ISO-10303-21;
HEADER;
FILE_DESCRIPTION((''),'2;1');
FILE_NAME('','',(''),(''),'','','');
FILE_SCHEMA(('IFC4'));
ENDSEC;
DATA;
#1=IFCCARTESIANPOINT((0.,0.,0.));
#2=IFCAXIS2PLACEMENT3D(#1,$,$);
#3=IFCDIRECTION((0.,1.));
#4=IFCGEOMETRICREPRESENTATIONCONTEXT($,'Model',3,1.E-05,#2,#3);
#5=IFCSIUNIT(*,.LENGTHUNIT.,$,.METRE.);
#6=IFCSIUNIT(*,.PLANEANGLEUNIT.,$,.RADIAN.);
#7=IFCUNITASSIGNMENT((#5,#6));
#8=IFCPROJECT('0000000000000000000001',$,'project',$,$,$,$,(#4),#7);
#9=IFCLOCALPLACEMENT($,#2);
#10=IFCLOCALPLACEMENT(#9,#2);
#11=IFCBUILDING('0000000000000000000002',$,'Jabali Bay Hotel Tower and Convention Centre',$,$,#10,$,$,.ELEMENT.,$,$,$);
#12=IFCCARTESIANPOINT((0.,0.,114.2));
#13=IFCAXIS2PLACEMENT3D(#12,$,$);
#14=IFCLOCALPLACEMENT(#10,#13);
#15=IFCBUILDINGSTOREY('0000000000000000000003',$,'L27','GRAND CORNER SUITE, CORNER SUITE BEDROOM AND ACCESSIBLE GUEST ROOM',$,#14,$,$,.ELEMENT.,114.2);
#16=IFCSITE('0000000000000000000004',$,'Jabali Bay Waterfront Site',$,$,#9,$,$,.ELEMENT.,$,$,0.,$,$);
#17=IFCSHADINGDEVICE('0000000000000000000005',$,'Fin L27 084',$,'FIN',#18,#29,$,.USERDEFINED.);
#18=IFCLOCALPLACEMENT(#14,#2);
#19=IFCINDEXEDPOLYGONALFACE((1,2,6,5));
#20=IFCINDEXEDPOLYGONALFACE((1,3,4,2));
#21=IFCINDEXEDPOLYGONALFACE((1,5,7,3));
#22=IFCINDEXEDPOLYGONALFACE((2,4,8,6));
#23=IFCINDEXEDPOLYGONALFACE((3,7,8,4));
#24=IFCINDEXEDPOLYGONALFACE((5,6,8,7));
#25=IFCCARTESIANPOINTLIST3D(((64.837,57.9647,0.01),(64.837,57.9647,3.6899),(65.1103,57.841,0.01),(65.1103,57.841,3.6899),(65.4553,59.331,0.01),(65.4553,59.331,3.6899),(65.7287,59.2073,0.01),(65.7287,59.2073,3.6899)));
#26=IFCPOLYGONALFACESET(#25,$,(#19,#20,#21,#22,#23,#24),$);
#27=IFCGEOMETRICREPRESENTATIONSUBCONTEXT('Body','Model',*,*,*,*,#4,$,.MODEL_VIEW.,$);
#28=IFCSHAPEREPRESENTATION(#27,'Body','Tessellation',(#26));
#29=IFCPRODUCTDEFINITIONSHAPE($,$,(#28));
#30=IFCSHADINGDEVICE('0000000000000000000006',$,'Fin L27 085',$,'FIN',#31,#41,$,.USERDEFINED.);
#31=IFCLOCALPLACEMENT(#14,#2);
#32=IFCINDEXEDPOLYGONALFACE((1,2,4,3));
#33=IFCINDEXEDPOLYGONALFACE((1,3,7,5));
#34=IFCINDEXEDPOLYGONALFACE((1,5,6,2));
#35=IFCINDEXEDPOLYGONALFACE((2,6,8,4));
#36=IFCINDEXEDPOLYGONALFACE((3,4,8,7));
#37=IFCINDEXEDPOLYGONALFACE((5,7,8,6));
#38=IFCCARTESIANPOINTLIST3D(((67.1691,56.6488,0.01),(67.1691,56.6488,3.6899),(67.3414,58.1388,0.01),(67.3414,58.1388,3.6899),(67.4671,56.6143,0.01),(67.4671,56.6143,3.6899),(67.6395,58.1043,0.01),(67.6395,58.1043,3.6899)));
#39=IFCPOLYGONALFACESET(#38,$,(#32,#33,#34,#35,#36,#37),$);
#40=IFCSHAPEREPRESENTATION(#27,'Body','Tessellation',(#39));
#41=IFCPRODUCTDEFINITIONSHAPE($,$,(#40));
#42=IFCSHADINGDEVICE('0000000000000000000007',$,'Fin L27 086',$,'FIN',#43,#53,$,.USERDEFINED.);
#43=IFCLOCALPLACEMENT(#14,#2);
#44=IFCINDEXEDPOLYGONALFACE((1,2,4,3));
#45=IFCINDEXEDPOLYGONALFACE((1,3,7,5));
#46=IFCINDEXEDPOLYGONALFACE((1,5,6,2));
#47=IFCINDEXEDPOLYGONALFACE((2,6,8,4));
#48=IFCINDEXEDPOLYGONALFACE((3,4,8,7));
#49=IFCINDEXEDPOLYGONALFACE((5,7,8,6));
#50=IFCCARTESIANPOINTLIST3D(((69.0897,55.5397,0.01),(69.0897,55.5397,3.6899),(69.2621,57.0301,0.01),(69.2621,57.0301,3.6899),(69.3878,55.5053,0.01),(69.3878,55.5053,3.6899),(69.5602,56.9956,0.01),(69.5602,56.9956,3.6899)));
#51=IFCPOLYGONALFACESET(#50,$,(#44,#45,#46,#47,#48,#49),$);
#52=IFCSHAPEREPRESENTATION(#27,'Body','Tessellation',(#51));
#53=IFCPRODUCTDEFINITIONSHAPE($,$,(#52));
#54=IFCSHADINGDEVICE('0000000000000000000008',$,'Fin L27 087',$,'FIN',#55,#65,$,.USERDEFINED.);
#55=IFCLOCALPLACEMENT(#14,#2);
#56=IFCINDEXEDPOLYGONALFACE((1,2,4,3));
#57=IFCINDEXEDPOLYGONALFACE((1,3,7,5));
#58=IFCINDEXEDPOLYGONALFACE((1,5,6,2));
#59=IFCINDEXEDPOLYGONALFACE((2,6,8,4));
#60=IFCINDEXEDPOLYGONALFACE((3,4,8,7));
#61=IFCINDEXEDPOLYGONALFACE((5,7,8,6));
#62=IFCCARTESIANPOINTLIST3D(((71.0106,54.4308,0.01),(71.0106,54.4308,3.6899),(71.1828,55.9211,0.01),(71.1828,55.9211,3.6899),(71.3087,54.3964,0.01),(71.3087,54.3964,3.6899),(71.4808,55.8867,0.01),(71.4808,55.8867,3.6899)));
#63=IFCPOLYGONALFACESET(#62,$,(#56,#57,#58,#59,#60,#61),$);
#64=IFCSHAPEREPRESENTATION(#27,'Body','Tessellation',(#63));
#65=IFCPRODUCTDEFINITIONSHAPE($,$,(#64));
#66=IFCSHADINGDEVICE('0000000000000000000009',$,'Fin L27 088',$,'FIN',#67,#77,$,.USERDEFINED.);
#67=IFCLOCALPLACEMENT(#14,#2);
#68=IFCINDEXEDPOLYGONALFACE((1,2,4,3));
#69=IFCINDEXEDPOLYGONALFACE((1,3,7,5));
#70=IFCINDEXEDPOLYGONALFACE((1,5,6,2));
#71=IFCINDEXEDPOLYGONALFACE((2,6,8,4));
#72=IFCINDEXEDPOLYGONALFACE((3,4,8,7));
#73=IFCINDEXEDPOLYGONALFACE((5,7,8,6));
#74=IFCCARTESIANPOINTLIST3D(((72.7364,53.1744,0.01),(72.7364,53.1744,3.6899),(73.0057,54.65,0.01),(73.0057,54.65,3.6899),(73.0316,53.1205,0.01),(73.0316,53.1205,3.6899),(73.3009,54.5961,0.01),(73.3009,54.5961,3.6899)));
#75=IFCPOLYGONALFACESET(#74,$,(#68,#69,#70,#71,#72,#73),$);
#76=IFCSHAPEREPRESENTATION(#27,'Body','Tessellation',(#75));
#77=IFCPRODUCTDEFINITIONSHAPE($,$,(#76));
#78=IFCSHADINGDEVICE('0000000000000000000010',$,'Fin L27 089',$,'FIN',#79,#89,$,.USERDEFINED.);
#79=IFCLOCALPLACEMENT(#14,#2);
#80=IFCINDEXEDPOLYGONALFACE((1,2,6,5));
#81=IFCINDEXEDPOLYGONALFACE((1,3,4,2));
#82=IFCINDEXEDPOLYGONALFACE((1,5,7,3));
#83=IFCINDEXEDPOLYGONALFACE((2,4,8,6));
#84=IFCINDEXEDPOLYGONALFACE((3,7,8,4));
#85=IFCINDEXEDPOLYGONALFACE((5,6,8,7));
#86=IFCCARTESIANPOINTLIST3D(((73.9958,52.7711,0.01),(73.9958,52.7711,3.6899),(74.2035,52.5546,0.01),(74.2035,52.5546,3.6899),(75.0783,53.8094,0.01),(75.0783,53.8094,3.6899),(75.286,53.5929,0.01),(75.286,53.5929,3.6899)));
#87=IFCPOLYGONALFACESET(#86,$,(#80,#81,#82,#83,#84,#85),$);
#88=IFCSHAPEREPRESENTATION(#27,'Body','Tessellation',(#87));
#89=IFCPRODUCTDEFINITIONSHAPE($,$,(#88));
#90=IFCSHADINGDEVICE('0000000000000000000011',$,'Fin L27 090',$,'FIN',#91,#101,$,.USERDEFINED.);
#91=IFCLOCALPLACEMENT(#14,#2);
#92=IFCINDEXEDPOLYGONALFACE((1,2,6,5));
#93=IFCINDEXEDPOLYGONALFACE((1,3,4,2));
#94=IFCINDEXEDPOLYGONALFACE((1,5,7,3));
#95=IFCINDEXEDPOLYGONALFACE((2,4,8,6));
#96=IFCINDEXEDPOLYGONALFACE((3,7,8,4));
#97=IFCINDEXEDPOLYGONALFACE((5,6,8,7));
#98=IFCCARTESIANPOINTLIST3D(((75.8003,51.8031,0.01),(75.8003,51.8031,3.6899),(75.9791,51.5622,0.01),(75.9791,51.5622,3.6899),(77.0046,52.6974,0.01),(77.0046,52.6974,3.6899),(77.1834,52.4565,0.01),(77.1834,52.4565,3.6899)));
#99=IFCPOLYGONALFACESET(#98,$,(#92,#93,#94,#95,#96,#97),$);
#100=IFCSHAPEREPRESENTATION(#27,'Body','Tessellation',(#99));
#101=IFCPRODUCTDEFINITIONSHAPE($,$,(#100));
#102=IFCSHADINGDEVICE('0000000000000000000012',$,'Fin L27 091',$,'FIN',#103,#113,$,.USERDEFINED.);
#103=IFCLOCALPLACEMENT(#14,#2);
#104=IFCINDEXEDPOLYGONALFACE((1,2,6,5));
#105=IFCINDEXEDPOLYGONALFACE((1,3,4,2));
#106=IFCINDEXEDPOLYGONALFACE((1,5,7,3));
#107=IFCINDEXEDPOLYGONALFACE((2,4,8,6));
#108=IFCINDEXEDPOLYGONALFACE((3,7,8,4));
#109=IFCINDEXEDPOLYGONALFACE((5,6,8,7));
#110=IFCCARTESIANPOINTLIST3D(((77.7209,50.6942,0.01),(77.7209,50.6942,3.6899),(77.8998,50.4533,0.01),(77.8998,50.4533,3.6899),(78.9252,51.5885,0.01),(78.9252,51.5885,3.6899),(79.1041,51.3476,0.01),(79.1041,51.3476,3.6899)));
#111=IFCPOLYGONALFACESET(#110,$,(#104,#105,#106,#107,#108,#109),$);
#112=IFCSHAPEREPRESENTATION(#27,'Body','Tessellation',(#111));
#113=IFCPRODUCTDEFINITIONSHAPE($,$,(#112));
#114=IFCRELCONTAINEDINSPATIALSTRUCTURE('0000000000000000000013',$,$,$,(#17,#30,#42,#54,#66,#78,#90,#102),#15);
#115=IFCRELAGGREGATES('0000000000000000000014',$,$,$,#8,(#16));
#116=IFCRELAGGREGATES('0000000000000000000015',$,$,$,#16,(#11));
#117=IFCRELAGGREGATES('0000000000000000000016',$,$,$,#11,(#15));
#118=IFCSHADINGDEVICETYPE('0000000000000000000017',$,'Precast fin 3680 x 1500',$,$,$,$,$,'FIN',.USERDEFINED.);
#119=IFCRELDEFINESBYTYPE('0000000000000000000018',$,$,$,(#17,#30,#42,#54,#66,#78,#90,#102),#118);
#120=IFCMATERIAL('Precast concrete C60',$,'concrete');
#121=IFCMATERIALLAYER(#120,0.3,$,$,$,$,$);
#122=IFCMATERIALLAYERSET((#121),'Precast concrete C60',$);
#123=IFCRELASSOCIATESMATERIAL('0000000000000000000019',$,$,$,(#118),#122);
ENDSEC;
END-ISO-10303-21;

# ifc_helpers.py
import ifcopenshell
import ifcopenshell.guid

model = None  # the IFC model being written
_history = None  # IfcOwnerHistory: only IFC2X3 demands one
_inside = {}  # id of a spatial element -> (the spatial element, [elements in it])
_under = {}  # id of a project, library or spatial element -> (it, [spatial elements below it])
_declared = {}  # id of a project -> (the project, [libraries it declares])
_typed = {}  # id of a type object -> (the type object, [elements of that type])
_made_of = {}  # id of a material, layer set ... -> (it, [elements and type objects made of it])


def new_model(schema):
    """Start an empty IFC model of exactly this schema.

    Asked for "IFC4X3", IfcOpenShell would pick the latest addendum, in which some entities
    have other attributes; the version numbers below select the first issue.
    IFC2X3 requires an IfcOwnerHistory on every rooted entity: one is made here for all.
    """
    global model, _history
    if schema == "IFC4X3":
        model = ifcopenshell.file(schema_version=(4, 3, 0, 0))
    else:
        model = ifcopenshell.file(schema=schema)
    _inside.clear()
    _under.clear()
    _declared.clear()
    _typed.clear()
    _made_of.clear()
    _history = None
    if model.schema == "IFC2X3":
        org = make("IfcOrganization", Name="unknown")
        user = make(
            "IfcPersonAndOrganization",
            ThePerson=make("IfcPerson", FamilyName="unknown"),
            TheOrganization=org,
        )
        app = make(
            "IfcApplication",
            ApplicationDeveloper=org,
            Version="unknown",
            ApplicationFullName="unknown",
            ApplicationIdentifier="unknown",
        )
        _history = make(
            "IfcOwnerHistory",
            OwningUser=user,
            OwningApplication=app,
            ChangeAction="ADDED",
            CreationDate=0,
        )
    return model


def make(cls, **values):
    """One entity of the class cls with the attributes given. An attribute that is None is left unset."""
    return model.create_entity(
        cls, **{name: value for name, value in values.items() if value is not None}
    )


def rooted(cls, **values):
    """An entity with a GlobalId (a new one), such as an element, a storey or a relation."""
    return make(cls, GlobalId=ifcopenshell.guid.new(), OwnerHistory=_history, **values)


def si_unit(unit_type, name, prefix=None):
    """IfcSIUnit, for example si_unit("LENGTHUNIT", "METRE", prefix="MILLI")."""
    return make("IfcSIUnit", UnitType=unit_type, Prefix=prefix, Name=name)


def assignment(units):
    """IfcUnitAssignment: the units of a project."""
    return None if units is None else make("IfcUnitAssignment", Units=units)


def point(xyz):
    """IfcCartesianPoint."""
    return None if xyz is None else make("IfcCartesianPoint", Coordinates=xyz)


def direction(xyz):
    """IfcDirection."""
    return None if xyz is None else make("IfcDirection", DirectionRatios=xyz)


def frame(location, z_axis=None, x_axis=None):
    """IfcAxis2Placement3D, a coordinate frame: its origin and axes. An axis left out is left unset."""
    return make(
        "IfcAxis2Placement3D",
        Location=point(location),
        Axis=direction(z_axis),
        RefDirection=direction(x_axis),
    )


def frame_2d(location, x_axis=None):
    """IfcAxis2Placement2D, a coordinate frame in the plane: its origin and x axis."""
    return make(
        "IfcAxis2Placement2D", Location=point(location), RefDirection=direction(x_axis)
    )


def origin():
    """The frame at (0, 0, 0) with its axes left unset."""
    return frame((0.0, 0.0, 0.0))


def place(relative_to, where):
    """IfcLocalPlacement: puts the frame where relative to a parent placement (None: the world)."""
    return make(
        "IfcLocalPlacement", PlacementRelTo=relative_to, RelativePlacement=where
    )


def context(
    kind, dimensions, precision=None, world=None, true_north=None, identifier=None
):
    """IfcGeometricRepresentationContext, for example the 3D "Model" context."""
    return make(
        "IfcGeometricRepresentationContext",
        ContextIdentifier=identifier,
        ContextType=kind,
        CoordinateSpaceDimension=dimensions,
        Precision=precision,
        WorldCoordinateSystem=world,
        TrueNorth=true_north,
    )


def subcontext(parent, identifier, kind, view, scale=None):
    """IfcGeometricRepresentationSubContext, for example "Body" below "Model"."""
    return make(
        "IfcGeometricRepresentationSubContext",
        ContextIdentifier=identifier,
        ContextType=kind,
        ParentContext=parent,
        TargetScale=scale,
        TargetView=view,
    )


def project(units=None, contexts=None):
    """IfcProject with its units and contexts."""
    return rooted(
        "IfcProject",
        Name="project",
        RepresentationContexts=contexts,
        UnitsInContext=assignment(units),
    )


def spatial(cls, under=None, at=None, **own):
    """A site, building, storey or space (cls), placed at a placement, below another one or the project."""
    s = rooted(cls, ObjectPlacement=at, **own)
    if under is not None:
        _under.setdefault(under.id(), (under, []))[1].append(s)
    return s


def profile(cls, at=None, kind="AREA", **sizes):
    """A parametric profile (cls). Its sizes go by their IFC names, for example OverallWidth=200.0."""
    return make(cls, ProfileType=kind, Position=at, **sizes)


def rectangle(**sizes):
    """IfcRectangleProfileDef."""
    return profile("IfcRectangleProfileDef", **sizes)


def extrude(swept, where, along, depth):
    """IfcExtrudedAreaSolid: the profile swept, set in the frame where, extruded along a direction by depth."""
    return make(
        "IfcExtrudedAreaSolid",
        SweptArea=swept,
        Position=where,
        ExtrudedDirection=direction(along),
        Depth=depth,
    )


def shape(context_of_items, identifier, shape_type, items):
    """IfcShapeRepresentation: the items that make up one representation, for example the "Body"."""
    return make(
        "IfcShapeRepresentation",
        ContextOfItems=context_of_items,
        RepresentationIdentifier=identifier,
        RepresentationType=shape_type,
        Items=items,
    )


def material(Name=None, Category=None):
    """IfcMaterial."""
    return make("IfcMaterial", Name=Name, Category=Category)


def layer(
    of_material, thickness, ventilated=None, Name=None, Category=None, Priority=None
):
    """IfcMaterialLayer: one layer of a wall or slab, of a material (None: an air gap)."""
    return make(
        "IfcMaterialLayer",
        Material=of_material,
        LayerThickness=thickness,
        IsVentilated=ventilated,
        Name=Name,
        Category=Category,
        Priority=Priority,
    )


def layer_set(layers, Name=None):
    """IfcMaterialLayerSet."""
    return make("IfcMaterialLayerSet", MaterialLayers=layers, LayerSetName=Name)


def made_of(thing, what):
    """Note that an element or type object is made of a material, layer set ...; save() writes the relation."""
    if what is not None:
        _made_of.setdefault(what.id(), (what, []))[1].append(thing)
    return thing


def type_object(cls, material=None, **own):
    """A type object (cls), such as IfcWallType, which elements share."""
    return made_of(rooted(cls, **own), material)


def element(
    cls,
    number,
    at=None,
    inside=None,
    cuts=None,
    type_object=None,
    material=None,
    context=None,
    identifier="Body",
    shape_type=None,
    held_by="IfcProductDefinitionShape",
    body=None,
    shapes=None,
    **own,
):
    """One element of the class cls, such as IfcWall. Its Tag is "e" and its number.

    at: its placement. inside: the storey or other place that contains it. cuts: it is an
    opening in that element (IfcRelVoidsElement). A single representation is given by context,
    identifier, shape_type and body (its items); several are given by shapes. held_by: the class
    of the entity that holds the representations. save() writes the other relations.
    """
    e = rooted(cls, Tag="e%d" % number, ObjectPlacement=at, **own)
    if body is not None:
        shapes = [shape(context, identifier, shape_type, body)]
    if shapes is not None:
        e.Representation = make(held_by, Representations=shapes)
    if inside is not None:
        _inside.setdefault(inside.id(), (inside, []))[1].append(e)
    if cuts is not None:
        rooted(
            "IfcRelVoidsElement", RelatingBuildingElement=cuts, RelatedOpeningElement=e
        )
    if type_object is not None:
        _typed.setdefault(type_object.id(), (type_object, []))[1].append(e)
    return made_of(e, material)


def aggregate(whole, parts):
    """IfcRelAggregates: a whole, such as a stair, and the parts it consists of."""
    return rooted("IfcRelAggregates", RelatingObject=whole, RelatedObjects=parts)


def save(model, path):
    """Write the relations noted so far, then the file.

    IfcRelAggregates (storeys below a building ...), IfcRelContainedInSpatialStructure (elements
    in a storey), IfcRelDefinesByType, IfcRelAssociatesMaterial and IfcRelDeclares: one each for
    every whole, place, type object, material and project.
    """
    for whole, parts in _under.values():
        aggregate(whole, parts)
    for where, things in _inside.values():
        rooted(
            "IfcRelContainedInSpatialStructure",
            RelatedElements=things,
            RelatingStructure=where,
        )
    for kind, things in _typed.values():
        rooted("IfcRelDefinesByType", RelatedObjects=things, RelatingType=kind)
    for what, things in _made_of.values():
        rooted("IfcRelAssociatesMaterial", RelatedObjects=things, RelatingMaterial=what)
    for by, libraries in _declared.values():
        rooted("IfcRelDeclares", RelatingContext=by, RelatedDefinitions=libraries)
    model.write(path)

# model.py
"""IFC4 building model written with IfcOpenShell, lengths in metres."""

from ifc_helpers import new_model, si_unit, direction, frame, frame_2d, origin, place, context, subcontext, project, spatial, rectangle, extrude, material, layer, layer_set, type_object, element, save


model = new_model("IFC4")

# Units and contexts
model_context = context("Model", 3, precision=1e-05, world=origin(), true_north=direction((0.0, 1.0)))
body_context = subcontext(model_context, "Body", "Model", "MODEL_VIEW")
ifc_project = project(units=[si_unit("LENGTHUNIT", "METRE"), si_unit("PLANEANGLEUNIT", "RADIAN")], contexts=[model_context])

# Site, building, storey
site_placement = place(None, origin())
site = spatial("IfcSite", under=ifc_project, at=site_placement, Name="Jabali Bay Waterfront Site", CompositionType="ELEMENT", RefElevation=0.0)
building_placement = place(site_placement, origin())
building = spatial("IfcBuilding", under=site, at=building_placement, Name="Jabali Bay Hotel Tower and Convention Centre", CompositionType="ELEMENT")
storey_placement = place(building_placement, frame((0.0, 0.0, 114.2)))
storey = spatial("IfcBuildingStorey", under=building, at=storey_placement, Name="L27", Description="GRAND CORNER SUITE, CORNER SUITE BEDROOM AND ACCESSIBLE GUEST ROOM", CompositionType="ELEMENT", Elevation=114.2)

# Shading devices
ifc_material_1 = material(Name="Precast concrete C60", Category="concrete")
ifc_layer_1 = layer(ifc_material_1, 0.3)
ifc_layer_set_1 = layer_set([ifc_layer_1], Name="Precast concrete C60")
shading_device_type = type_object("IfcShadingDeviceType", Name="Precast fin 3680 x 1500", ElementType="FIN", PredefinedType="USERDEFINED", material=ifc_layer_set_1)
for number, where, z_axis, x_axis, name in (
    (1, (65.592, 59.2693, 0.01), (0.0, 0.0, 1.0), (-0.412306, -0.911045, 0.0), "Fin L27 084"),
):
    element("IfcShadingDevice", number, at=place(storey_placement, frame(where, z_axis=z_axis, x_axis=x_axis)), inside=storey, type_object=shading_device_type, Name=name, ObjectType="FIN", PredefinedType="USERDEFINED", context=body_context, shape_type="SweptSolid", body=[
        extrude(rectangle(XDim=1.4998, YDim=0.3, at=frame_2d((0.75, 0.0))), origin(), (0.0, 0.0, 1.0), 3.6799),
    ])
shading_device_1_placement = place(storey_placement, frame((67.4905, 58.1216, 0.01), z_axis=(0.0, 0.0, 1.0), x_axis=(-0.114914, -0.993375, 0.0)))
element("IfcShadingDevice", 2, at=shading_device_1_placement, inside=storey, type_object=shading_device_type, Name="Fin L27 085", ObjectType="FIN", PredefinedType="USERDEFINED", context=body_context, shape_type="SweptSolid", body=[
    extrude(rectangle(XDim=1.5, YDim=0.3, at=frame_2d((0.75, 0.0))), origin(), (0.0, 0.0, 1.0), 3.6799),
])
for number, where, z_axis, x_axis, name in (
    (3, (69.4111, 57.0127, 0.01), (0.0, 0.0, 1.0), (-0.114896, -0.993378, 0.0), "Fin L27 086"),
    (4, (71.3318, 55.9038, 0.01), (0.0, 0.0, 1.0), (-0.114735, -0.993396, 0.0), "Fin L27 087"),
):
    element("IfcShadingDevice", number, at=place(storey_placement, frame(where, z_axis=z_axis, x_axis=x_axis)), inside=storey, type_object=shading_device_type, Name=name, ObjectType="FIN", PredefinedType="USERDEFINED", context=body_context, shape_type="SweptSolid", body=[
        extrude(rectangle(XDim=1.5002, YDim=0.3, at=frame_2d((0.75, 0.0))), origin(), (0.0, 0.0, 1.0), 3.6799),
    ])
for number, where, z_axis, x_axis, name in (
    (5, (73.1533, 54.623, 0.01), (0.0, 0.0, 1.0), (-0.17953, -0.983753, 0.0), "Fin L27 088"),
    (6, (75.1821, 53.7012, 0.01), (0.0, 0.0, 1.0), (-0.721683, -0.692223, 0.0), "Fin L27 089"),
    (7, (77.094, 52.5769, 0.01), (0.0, 0.0, 1.0), (-0.802862, -0.596165, 0.0), "Fin L27 090"),
    (8, (79.0146, 51.468, 0.01), (0.0, 0.0, 1.0), (-0.802862, -0.596165, 0.0), "Fin L27 091"),
):
    element("IfcShadingDevice", number, at=place(storey_placement, frame(where, z_axis=z_axis, x_axis=x_axis)), inside=storey, type_object=shading_device_type, Name=name, ObjectType="FIN", PredefinedType="USERDEFINED", context=body_context, shape_type="SweptSolid", body=[
        extrude(rectangle(XDim=1.5, YDim=0.3, at=frame_2d((0.75, 0.0))), origin(), (0.0, 0.0, 1.0), 3.6799),
    ])

save(model, "model.ifc")
